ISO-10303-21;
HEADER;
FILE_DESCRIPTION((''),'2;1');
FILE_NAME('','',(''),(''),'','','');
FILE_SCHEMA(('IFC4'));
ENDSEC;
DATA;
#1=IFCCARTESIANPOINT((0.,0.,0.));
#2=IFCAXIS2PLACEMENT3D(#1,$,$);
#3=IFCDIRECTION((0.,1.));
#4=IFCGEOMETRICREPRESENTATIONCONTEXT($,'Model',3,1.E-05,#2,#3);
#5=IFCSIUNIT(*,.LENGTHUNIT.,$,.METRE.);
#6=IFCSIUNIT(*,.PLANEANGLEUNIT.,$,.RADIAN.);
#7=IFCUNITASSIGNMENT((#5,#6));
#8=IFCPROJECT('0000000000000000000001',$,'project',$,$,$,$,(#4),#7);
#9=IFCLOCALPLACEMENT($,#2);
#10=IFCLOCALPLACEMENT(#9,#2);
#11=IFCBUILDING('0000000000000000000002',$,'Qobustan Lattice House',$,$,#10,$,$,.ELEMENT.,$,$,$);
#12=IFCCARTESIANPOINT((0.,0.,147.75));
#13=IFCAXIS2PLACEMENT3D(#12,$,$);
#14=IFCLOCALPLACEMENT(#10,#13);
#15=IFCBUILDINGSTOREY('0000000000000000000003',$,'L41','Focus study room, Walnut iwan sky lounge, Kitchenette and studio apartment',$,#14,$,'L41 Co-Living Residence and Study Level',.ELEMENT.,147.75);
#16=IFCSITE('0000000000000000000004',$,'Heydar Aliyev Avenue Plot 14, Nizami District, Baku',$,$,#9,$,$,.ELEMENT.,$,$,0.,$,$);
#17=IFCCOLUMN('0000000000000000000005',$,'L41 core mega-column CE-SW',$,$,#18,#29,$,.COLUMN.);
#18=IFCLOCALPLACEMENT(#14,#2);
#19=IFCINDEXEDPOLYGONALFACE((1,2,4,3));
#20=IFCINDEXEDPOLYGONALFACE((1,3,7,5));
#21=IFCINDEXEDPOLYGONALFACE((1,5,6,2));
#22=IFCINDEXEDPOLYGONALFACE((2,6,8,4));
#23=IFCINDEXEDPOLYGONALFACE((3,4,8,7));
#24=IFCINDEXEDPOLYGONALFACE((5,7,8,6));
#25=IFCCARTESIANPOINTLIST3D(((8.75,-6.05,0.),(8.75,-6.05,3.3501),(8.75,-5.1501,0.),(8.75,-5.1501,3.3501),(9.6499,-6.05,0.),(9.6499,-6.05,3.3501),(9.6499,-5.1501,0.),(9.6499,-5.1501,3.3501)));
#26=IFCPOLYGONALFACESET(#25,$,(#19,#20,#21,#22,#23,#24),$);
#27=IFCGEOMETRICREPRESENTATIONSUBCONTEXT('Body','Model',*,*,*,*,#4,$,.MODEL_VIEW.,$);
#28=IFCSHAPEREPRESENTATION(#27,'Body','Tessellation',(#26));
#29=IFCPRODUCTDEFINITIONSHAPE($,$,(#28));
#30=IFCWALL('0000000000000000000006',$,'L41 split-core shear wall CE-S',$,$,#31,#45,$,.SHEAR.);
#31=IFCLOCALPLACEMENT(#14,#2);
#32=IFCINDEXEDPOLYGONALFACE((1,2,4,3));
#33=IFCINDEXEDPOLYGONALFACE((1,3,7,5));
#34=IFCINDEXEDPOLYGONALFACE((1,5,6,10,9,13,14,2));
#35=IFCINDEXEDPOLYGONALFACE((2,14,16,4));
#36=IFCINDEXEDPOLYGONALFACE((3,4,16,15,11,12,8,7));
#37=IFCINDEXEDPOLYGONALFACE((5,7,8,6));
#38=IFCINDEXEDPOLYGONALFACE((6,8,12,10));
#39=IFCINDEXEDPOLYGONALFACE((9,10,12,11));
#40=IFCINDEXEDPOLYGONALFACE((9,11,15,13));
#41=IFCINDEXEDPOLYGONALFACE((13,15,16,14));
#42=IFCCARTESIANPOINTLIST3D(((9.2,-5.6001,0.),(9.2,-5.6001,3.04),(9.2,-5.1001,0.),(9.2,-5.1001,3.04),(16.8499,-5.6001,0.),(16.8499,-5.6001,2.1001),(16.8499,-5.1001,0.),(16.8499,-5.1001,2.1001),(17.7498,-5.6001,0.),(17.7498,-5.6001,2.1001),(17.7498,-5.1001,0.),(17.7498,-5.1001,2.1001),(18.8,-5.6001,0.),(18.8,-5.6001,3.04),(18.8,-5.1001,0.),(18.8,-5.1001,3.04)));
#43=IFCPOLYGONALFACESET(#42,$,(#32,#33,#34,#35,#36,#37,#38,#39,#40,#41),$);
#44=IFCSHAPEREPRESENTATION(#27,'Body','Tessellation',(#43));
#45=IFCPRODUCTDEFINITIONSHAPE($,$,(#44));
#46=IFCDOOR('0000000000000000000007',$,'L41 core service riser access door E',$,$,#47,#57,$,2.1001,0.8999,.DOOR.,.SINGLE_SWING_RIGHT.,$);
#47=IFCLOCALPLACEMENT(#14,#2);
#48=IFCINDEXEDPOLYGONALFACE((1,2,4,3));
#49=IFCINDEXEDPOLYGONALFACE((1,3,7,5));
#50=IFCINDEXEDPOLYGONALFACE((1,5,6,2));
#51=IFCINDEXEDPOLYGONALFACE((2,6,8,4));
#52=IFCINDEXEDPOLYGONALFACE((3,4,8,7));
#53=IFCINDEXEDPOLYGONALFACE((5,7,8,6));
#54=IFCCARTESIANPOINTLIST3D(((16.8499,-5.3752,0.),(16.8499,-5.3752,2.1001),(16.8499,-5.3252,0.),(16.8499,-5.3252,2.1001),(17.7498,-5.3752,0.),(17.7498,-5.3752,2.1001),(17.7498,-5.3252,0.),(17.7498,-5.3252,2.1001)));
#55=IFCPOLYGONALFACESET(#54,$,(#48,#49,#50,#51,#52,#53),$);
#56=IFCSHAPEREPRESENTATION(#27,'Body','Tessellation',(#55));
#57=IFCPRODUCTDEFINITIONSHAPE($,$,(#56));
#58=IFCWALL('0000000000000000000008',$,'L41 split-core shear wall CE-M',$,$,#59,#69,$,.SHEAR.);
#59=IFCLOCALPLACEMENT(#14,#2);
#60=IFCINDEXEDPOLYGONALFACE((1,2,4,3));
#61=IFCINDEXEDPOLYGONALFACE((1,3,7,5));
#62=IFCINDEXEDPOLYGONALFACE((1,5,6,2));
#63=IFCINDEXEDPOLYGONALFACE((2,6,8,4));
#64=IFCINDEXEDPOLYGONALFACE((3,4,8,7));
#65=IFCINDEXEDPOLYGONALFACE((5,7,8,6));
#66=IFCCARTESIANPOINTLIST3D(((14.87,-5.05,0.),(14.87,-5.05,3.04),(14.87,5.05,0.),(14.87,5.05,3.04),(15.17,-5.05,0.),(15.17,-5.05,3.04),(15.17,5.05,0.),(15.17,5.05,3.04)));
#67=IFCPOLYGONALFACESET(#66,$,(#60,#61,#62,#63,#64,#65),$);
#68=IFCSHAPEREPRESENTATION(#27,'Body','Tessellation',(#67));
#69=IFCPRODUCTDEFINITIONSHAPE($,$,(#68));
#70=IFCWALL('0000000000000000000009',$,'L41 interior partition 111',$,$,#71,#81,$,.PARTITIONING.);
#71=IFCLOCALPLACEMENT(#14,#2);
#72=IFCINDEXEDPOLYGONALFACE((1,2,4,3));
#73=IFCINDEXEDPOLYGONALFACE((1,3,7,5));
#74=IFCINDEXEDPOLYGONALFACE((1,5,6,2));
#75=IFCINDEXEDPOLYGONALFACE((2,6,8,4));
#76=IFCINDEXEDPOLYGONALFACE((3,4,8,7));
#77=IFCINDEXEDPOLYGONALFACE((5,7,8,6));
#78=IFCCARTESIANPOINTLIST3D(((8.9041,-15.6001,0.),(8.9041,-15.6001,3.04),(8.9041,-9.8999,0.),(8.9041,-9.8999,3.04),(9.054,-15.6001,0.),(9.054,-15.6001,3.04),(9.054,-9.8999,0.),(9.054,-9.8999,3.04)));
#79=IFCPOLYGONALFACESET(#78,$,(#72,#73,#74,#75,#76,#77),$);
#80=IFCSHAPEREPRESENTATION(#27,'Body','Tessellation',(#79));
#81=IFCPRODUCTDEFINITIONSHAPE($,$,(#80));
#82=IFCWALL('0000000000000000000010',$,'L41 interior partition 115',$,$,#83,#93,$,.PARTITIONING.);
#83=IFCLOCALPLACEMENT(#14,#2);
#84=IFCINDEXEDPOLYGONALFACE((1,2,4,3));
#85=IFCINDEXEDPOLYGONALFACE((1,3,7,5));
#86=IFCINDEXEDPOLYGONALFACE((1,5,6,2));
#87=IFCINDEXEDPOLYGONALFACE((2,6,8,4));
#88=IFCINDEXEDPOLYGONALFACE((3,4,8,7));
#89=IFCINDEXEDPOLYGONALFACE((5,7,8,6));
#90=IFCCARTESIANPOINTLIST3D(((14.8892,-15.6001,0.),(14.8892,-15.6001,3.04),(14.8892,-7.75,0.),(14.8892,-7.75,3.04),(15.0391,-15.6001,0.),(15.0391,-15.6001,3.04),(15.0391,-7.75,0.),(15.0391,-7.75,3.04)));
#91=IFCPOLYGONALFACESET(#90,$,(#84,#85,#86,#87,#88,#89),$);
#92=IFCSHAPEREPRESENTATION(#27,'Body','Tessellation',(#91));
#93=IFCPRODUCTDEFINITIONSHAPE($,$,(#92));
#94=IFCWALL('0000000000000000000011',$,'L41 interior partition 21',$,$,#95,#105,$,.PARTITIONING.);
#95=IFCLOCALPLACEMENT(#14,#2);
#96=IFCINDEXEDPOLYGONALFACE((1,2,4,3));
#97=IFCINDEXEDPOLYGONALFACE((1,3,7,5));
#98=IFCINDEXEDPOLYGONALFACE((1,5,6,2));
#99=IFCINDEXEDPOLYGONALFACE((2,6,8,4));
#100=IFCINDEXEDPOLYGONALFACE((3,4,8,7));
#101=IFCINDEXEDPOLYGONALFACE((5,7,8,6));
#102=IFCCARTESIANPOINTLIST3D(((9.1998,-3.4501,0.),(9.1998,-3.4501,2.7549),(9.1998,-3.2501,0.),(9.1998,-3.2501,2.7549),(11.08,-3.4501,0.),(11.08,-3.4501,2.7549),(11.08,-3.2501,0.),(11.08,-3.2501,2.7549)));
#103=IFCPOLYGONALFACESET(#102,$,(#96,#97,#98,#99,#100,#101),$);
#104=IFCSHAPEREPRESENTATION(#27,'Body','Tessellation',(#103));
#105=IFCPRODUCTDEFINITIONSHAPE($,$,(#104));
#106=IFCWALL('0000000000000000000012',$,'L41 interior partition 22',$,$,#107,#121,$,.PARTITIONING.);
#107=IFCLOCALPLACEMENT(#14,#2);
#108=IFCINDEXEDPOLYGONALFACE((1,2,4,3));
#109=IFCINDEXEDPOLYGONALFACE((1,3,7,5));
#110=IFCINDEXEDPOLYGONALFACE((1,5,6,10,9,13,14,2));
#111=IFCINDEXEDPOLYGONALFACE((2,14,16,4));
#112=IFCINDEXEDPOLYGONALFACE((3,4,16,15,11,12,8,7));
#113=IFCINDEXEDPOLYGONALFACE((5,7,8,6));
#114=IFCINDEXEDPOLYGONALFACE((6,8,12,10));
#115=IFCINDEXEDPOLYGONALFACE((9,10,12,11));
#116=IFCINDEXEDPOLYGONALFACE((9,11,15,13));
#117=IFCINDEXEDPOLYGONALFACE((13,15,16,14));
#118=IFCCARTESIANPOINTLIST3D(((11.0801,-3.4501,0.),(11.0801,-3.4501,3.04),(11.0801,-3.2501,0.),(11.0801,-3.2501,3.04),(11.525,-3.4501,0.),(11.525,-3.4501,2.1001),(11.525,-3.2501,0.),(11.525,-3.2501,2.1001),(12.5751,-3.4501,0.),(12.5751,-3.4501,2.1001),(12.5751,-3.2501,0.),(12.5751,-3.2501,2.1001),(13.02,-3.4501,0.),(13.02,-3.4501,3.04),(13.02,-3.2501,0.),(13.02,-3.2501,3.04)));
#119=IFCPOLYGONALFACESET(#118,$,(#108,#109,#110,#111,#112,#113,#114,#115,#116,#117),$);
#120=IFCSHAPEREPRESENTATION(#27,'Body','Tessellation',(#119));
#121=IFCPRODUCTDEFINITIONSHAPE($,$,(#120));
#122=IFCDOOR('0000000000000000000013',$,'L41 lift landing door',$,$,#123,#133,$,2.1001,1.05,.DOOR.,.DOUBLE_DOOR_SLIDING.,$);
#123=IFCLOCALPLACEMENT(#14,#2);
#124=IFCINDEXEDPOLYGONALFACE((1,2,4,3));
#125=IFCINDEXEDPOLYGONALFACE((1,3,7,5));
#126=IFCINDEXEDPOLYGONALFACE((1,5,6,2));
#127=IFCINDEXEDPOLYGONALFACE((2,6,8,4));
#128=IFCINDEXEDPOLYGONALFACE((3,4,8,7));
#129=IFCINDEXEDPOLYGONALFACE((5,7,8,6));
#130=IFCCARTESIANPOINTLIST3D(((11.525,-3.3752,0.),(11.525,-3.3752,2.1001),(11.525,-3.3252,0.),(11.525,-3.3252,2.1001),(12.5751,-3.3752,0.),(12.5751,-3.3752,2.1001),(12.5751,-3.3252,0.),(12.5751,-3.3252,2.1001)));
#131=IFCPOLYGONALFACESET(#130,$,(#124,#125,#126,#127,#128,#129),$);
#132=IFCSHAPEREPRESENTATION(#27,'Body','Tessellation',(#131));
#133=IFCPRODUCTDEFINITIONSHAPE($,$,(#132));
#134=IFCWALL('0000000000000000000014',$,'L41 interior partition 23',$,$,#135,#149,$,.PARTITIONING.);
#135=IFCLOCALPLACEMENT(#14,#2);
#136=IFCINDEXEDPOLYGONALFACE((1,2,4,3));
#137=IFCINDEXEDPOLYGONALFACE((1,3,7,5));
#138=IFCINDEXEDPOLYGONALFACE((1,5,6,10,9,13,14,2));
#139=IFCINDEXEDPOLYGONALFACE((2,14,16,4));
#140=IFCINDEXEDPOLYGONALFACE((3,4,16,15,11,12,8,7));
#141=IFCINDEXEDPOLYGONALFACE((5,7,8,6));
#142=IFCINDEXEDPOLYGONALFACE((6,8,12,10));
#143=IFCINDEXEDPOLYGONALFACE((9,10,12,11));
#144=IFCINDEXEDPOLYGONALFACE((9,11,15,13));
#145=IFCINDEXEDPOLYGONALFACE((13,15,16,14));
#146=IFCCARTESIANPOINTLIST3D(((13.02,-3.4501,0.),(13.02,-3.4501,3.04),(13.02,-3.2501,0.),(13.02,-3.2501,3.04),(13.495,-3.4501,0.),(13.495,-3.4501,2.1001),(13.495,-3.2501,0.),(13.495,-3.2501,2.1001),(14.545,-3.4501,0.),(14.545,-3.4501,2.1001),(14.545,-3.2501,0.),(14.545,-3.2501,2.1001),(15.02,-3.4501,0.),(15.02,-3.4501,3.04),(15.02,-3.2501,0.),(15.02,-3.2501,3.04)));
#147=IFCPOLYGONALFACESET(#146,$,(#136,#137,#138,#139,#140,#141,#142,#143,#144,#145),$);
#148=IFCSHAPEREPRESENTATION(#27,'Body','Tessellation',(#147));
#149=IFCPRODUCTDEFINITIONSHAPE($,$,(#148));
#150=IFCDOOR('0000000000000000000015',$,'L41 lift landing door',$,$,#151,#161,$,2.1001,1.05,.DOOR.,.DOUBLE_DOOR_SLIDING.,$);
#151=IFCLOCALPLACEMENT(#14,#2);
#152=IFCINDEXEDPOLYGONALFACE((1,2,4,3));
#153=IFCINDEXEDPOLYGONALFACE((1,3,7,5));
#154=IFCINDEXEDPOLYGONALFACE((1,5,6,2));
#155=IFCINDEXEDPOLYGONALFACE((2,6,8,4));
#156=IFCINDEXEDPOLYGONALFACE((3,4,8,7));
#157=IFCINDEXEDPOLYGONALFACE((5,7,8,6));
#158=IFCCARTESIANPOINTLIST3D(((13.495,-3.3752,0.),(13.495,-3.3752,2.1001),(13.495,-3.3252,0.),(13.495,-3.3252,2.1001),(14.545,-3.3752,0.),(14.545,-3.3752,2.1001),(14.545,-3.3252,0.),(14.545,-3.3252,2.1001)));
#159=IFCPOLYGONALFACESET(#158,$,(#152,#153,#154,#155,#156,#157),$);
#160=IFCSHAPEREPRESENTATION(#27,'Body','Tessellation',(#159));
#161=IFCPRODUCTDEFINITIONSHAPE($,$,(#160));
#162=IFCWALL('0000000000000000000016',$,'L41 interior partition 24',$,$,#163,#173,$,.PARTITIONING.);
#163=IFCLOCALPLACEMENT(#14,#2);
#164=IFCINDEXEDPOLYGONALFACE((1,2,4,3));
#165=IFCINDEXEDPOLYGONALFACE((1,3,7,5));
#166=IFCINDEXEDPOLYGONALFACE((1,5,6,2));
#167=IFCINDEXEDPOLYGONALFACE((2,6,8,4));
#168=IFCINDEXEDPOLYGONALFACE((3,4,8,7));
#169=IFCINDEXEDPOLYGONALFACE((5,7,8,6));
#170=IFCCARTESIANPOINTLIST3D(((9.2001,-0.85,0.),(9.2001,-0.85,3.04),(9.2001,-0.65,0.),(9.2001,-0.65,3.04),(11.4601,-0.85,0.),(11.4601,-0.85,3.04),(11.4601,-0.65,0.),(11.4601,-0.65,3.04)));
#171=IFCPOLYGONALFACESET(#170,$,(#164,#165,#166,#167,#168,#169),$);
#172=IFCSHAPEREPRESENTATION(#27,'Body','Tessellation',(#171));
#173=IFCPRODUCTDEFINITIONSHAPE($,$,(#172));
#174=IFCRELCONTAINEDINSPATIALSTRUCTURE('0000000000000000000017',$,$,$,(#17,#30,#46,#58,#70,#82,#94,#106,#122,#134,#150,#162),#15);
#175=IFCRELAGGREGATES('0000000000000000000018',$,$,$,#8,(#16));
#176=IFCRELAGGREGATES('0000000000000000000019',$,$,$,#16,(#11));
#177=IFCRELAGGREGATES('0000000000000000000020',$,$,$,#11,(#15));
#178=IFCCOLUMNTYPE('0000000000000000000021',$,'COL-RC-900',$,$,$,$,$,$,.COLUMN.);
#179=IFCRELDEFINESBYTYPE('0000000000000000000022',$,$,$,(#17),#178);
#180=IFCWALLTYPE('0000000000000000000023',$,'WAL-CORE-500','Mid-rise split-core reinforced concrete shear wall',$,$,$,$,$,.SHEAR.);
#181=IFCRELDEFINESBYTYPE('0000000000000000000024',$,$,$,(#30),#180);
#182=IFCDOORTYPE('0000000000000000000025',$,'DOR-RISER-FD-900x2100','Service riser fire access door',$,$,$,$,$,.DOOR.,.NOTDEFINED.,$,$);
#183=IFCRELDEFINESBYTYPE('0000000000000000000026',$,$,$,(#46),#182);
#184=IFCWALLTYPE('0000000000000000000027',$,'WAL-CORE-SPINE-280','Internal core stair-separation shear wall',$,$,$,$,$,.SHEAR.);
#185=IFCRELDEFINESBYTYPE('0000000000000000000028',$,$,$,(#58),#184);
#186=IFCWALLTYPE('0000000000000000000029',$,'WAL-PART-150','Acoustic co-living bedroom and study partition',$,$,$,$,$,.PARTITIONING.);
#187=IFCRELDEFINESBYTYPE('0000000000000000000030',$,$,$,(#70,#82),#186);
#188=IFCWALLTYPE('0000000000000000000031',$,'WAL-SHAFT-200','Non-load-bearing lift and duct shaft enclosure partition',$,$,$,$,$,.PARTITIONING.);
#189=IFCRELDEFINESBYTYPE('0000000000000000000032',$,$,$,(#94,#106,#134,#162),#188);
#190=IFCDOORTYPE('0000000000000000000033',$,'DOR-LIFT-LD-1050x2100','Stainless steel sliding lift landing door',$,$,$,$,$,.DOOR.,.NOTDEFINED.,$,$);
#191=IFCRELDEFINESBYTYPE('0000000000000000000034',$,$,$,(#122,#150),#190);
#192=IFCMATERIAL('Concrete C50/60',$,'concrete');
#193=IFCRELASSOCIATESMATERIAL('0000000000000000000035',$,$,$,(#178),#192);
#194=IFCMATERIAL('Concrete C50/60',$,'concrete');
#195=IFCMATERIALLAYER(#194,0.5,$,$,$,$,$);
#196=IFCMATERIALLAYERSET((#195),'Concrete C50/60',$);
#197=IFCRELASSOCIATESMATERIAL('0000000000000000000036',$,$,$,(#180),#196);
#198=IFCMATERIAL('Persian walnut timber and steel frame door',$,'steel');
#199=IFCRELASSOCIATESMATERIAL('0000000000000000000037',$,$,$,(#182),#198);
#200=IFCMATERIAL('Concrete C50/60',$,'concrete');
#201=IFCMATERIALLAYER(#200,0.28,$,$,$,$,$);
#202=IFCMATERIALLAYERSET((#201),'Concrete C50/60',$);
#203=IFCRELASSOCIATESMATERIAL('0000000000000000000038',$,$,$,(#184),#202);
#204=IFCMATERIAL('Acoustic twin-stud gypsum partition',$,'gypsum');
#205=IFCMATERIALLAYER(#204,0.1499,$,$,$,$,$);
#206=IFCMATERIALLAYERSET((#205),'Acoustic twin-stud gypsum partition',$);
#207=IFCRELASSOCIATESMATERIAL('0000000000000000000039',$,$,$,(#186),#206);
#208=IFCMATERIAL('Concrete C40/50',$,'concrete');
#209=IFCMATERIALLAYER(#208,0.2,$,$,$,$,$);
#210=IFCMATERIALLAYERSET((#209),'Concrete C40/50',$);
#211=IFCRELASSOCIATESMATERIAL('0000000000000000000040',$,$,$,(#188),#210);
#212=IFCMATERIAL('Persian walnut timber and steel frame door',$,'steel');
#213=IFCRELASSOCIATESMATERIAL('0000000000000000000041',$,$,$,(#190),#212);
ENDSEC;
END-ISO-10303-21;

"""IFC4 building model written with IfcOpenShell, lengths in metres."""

from ifc_helpers import new_model, si_unit, direction, frame, frame_2d, origin, origin_2d, place, context, subcontext, project, spatial, rectangle, extrude, material, layer, layer_set, material_profile, profile_set, type_object, element, fill, save


model = new_model("IFC4")

# Units and contexts
model_context = context("Model", 3, precision=1e-05, world=origin(), true_north=direction((0.0, 1.0)))
body_context = subcontext(model_context, "Body", "Model", "MODEL_VIEW")
ifc_project = project(units=[si_unit("LENGTHUNIT", "METRE"), si_unit("PLANEANGLEUNIT", "RADIAN")], contexts=[model_context])

# Site, building, storey
site_placement = place(None, origin())
site = spatial("IfcSite", under=ifc_project, at=site_placement, Name="Heydar Aliyev Avenue Plot 14, Nizami District, Baku", CompositionType="ELEMENT", RefElevation=0.0)
building_placement = place(site_placement, origin())
building = spatial("IfcBuilding", under=site, at=building_placement, Name="Qobustan Lattice House", CompositionType="ELEMENT")
storey_placement = place(building_placement, frame((0.0, 0.0, 147.75)))
storey = spatial("IfcBuildingStorey", under=building, at=storey_placement, Name="L41", Description="Focus study room, Walnut iwan sky lounge, Kitchenette and studio apartment", LongName="L41 Co-Living Residence and Study Level", CompositionType="ELEMENT", Elevation=147.75)

# Column
ifc_material_1 = material(Name="Concrete C50/60", Category="concrete")
ifc_material_profile = material_profile(ifc_material_1, rectangle(XDim=0.8999, YDim=0.8999, at=origin_2d()), Name="RC900x900")
ifc_profile_set = profile_set([ifc_material_profile], Name="Concrete C50/60")
column_type = type_object("IfcColumnType", Name="COL-RC-900", PredefinedType="COLUMN", material=ifc_profile_set)
column_placement = place(storey_placement, frame((9.2, -5.6001, 0.0), z_axis=(0.0, 0.0, 1.0), x_axis=(1.0, 0.0, 0.0)))
element("IfcColumn", 1, at=column_placement, inside=storey, type_object=column_type, Name="L41 core mega-column CE-SW", PredefinedType="COLUMN", context=body_context, shape_type="SweptSolid", body=[
    extrude(rectangle(XDim=0.8999, YDim=0.8999, at=origin_2d()), origin(), (0.0, 0.0, 1.0), 3.3501),
])

# Wall, opening, door
ifc_material_2 = material(Name="Concrete C50/60", Category="concrete")
ifc_layer_1 = layer(ifc_material_2, 0.5)
ifc_layer_set_1 = layer_set([ifc_layer_1], Name="Concrete C50/60")
wall_type_1 = type_object("IfcWallType", Name="WAL-CORE-500", Description="Mid-rise split-core reinforced concrete shear wall", PredefinedType="SHEAR", material=ifc_layer_set_1)
wall_1_placement = place(storey_placement, frame((9.2, -5.3501, 0.0), z_axis=(0.0, 0.0, 1.0), x_axis=(1.0, 0.0, 0.0)))
wall_1 = element("IfcWall", 2, at=wall_1_placement, inside=storey, type_object=wall_type_1, Name="L41 split-core shear wall CE-S", PredefinedType="SHEAR", context=body_context, shape_type="SweptSolid", body=[
    extrude(rectangle(XDim=9.6001, YDim=0.5, at=frame_2d((4.8, 0.0))), origin(), (0.0, 0.0, 1.0), 3.04),
])
opening_1_placement = place(wall_1_placement, frame((7.6499, 0.0, 0.0)))
opening_1 = element("IfcOpeningElement", 3, at=opening_1_placement, cuts=wall_1, PredefinedType="OPENING", context=body_context, shape_type="SweptSolid", body=[
    extrude(rectangle(XDim=0.8999, YDim=2.1001, at=frame_2d((0.45, 1.05))), frame((0.0, 0.26, 0.0), z_axis=(0.0, -1.0, 0.0), x_axis=(1.0, 0.0, 0.0)), (0.0, 0.0, 1.0), 0.52),
])
ifc_material_3 = material(Name="Persian walnut timber and steel frame door", Category="steel")
door_type_1 = type_object("IfcDoorType", Name="DOR-RISER-FD-900x2100", Description="Service riser fire access door", OperationType="NOTDEFINED", PredefinedType="DOOR", material=ifc_material_3)
door_1_placement = place(opening_1_placement, origin())
door_1 = element("IfcDoor", 4, at=door_1_placement, inside=storey, type_object=door_type_1, Name="L41 core service riser access door E", OperationType="SINGLE_SWING_RIGHT", OverallHeight=2.1001, OverallWidth=0.8999, PredefinedType="DOOR", context=body_context, shape_type="SweptSolid", body=[
    extrude(rectangle(XDim=0.8999, YDim=2.1001, at=frame_2d((0.45, 1.05))), frame((0.0, 0.0249, 0.0), z_axis=(0.0, -1.0, 0.0), x_axis=(1.0, 0.0, 0.0)), (0.0, 0.0, 1.0), 0.05),
])
fill(opening_1, door_1)

# Wall
ifc_material_4 = material(Name="Concrete C50/60", Category="concrete")
ifc_layer_2 = layer(ifc_material_4, 0.28)
ifc_layer_set_2 = layer_set([ifc_layer_2], Name="Concrete C50/60")
wall_type_2 = type_object("IfcWallType", Name="WAL-CORE-SPINE-280", Description="Internal core stair-separation shear wall", PredefinedType="SHEAR", material=ifc_layer_set_2)
wall_2_placement = place(storey_placement, frame((15.02, -5.05, 0.0), z_axis=(0.0, 0.0, 1.0), x_axis=(0.0, 1.0, 0.0)))
element("IfcWall", 5, at=wall_2_placement, inside=storey, type_object=wall_type_2, Name="L41 split-core shear wall CE-M", PredefinedType="SHEAR", context=body_context, shape_type="SweptSolid", body=[
    extrude(rectangle(XDim=10.1001, YDim=0.3, at=frame_2d((5.05, 0.0))), origin(), (0.0, 0.0, 1.0), 3.04),
])

# Walls
ifc_material_5 = material(Name="Acoustic twin-stud gypsum partition", Category="gypsum")
ifc_layer_3 = layer(ifc_material_5, 0.1499)
ifc_layer_set_3 = layer_set([ifc_layer_3], Name="Acoustic twin-stud gypsum partition")
wall_type_3 = type_object("IfcWallType", Name="WAL-PART-150", Description="Acoustic co-living bedroom and study partition", PredefinedType="PARTITIONING", material=ifc_layer_set_3)
wall_3_placement = place(storey_placement, frame((8.979, -9.8999, 0.0), z_axis=(0.0, 0.0, 1.0), x_axis=(0.0, -1.0, 0.0)))
element("IfcWall", 6, at=wall_3_placement, inside=storey, type_object=wall_type_3, Name="L41 interior partition 111", PredefinedType="PARTITIONING", context=body_context, shape_type="SweptSolid", body=[
    extrude(rectangle(XDim=5.7002, YDim=0.1499, at=frame_2d((2.8501, 0.0))), origin(), (0.0, 0.0, 1.0), 3.04),
])
wall_4_placement = place(storey_placement, frame((14.9641, -7.75, 0.0), z_axis=(0.0, 0.0, 1.0), x_axis=(0.0, -1.0, 0.0)))
element("IfcWall", 7, at=wall_4_placement, inside=storey, type_object=wall_type_3, Name="L41 interior partition 115", PredefinedType="PARTITIONING", context=body_context, shape_type="SweptSolid", body=[
    extrude(rectangle(XDim=7.8501, YDim=0.1499, at=frame_2d((3.925, 0.0))), origin(), (0.0, 0.0, 1.0), 3.04),
])
ifc_material_6 = material(Name="Concrete C40/50", Category="concrete")
ifc_layer_4 = layer(ifc_material_6, 0.2)
ifc_layer_set_4 = layer_set([ifc_layer_4], Name="Concrete C40/50")
wall_type_4 = type_object("IfcWallType", Name="WAL-SHAFT-200", Description="Non-load-bearing lift and duct shaft enclosure partition", PredefinedType="PARTITIONING", material=ifc_layer_set_4)
wall_5_placement = place(storey_placement, frame((9.2, -3.3501, 0.0), z_axis=(0.0, 0.0, 1.0), x_axis=(1.0, 0.0, 0.0)))
element("IfcWall", 8, at=wall_5_placement, inside=storey, type_object=wall_type_4, Name="L41 interior partition 21", PredefinedType="PARTITIONING", context=body_context, shape_type="SweptSolid", body=[
    extrude(rectangle(XDim=1.8801, YDim=0.2, at=frame_2d((0.9399, 0.0))), origin(), (0.0, 0.0, 1.0), 2.7549),
])

# Walls, openings, doors
wall_6_placement = place(storey_placement, frame((11.0801, -3.3501, 0.0), z_axis=(0.0, 0.0, 1.0), x_axis=(1.0, 0.0, 0.0)))
wall_6 = element("IfcWall", 9, at=wall_6_placement, inside=storey, type_object=wall_type_4, Name="L41 interior partition 22", PredefinedType="PARTITIONING", context=body_context, shape_type="SweptSolid", body=[
    extrude(rectangle(XDim=1.9399, YDim=0.2, at=frame_2d((0.97, 0.0))), origin(), (0.0, 0.0, 1.0), 3.04),
])
opening_2_placement = place(wall_6_placement, frame((0.4451, 0.0, 0.0)))
opening_2 = element("IfcOpeningElement", 10, at=opening_2_placement, cuts=wall_6, PredefinedType="OPENING", context=body_context, shape_type="SweptSolid", body=[
    extrude(rectangle(XDim=1.05, YDim=2.1001, at=frame_2d((0.5249, 1.05))), frame((0.0, 0.1099, 0.0), z_axis=(0.0, -1.0, 0.0), x_axis=(1.0, 0.0, 0.0)), (0.0, 0.0, 1.0), 0.22),
])
ifc_material_7 = material(Name="Persian walnut timber and steel frame door", Category="steel")
door_type_2 = type_object("IfcDoorType", Name="DOR-LIFT-LD-1050x2100", Description="Stainless steel sliding lift landing door", OperationType="NOTDEFINED", PredefinedType="DOOR", material=ifc_material_7)
door_2_placement = place(opening_2_placement, origin())
door_2 = element("IfcDoor", 11, at=door_2_placement, inside=storey, type_object=door_type_2, Name="L41 lift landing door", OperationType="DOUBLE_DOOR_SLIDING", OverallHeight=2.1001, OverallWidth=1.05, PredefinedType="DOOR", context=body_context, shape_type="SweptSolid", body=[
    extrude(rectangle(XDim=1.05, YDim=2.1001, at=frame_2d((0.5249, 1.05))), frame((0.0, 0.0249, 0.0), z_axis=(0.0, -1.0, 0.0), x_axis=(1.0, 0.0, 0.0)), (0.0, 0.0, 1.0), 0.05),
])
fill(opening_2, door_2)
wall_7_placement = place(storey_placement, frame((13.02, -3.3501, 0.0), z_axis=(0.0, 0.0, 1.0), x_axis=(1.0, 0.0, 0.0)))
wall_7 = element("IfcWall", 12, at=wall_7_placement, inside=storey, type_object=wall_type_4, Name="L41 interior partition 23", PredefinedType="PARTITIONING", context=body_context, shape_type="SweptSolid", body=[
    extrude(rectangle(XDim=2.0, YDim=0.2, at=frame_2d((1.0, 0.0))), origin(), (0.0, 0.0, 1.0), 3.04),
])
opening_3_placement = place(wall_7_placement, frame((0.4751, 0.0, 0.0)))
opening_3 = element("IfcOpeningElement", 13, at=opening_3_placement, cuts=wall_7, PredefinedType="OPENING", context=body_context, shape_type="SweptSolid", body=[
    extrude(rectangle(XDim=1.05, YDim=2.1001, at=frame_2d((0.5249, 1.05))), frame((0.0, 0.1099, 0.0), z_axis=(0.0, -1.0, 0.0), x_axis=(1.0, 0.0, 0.0)), (0.0, 0.0, 1.0), 0.22),
])
door_3_placement = place(opening_3_placement, origin())
door_3 = element("IfcDoor", 14, at=door_3_placement, inside=storey, type_object=door_type_2, Name="L41 lift landing door", OperationType="DOUBLE_DOOR_SLIDING", OverallHeight=2.1001, OverallWidth=1.05, PredefinedType="DOOR", context=body_context, shape_type="SweptSolid", body=[
    extrude(rectangle(XDim=1.05, YDim=2.1001, at=frame_2d((0.5249, 1.05))), frame((0.0, 0.0249, 0.0), z_axis=(0.0, -1.0, 0.0), x_axis=(1.0, 0.0, 0.0)), (0.0, 0.0, 1.0), 0.05),
])
fill(opening_3, door_3)

# Wall
wall_8_placement = place(storey_placement, frame((11.46, -0.75, 0.0), z_axis=(0.0, 0.0, 1.0), x_axis=(-1.0, 0.0, 0.0)))
element("IfcWall", 15, at=wall_8_placement, inside=storey, type_object=wall_type_4, Name="L41 interior partition 24", PredefinedType="PARTITIONING", context=body_context, shape_type="SweptSolid", body=[
    extrude(rectangle(XDim=2.26, YDim=0.2, at=frame_2d((1.1299, 0.0))), origin(), (0.0, 0.0, 1.0), 3.04),
])

save(model, "model.ifc")
